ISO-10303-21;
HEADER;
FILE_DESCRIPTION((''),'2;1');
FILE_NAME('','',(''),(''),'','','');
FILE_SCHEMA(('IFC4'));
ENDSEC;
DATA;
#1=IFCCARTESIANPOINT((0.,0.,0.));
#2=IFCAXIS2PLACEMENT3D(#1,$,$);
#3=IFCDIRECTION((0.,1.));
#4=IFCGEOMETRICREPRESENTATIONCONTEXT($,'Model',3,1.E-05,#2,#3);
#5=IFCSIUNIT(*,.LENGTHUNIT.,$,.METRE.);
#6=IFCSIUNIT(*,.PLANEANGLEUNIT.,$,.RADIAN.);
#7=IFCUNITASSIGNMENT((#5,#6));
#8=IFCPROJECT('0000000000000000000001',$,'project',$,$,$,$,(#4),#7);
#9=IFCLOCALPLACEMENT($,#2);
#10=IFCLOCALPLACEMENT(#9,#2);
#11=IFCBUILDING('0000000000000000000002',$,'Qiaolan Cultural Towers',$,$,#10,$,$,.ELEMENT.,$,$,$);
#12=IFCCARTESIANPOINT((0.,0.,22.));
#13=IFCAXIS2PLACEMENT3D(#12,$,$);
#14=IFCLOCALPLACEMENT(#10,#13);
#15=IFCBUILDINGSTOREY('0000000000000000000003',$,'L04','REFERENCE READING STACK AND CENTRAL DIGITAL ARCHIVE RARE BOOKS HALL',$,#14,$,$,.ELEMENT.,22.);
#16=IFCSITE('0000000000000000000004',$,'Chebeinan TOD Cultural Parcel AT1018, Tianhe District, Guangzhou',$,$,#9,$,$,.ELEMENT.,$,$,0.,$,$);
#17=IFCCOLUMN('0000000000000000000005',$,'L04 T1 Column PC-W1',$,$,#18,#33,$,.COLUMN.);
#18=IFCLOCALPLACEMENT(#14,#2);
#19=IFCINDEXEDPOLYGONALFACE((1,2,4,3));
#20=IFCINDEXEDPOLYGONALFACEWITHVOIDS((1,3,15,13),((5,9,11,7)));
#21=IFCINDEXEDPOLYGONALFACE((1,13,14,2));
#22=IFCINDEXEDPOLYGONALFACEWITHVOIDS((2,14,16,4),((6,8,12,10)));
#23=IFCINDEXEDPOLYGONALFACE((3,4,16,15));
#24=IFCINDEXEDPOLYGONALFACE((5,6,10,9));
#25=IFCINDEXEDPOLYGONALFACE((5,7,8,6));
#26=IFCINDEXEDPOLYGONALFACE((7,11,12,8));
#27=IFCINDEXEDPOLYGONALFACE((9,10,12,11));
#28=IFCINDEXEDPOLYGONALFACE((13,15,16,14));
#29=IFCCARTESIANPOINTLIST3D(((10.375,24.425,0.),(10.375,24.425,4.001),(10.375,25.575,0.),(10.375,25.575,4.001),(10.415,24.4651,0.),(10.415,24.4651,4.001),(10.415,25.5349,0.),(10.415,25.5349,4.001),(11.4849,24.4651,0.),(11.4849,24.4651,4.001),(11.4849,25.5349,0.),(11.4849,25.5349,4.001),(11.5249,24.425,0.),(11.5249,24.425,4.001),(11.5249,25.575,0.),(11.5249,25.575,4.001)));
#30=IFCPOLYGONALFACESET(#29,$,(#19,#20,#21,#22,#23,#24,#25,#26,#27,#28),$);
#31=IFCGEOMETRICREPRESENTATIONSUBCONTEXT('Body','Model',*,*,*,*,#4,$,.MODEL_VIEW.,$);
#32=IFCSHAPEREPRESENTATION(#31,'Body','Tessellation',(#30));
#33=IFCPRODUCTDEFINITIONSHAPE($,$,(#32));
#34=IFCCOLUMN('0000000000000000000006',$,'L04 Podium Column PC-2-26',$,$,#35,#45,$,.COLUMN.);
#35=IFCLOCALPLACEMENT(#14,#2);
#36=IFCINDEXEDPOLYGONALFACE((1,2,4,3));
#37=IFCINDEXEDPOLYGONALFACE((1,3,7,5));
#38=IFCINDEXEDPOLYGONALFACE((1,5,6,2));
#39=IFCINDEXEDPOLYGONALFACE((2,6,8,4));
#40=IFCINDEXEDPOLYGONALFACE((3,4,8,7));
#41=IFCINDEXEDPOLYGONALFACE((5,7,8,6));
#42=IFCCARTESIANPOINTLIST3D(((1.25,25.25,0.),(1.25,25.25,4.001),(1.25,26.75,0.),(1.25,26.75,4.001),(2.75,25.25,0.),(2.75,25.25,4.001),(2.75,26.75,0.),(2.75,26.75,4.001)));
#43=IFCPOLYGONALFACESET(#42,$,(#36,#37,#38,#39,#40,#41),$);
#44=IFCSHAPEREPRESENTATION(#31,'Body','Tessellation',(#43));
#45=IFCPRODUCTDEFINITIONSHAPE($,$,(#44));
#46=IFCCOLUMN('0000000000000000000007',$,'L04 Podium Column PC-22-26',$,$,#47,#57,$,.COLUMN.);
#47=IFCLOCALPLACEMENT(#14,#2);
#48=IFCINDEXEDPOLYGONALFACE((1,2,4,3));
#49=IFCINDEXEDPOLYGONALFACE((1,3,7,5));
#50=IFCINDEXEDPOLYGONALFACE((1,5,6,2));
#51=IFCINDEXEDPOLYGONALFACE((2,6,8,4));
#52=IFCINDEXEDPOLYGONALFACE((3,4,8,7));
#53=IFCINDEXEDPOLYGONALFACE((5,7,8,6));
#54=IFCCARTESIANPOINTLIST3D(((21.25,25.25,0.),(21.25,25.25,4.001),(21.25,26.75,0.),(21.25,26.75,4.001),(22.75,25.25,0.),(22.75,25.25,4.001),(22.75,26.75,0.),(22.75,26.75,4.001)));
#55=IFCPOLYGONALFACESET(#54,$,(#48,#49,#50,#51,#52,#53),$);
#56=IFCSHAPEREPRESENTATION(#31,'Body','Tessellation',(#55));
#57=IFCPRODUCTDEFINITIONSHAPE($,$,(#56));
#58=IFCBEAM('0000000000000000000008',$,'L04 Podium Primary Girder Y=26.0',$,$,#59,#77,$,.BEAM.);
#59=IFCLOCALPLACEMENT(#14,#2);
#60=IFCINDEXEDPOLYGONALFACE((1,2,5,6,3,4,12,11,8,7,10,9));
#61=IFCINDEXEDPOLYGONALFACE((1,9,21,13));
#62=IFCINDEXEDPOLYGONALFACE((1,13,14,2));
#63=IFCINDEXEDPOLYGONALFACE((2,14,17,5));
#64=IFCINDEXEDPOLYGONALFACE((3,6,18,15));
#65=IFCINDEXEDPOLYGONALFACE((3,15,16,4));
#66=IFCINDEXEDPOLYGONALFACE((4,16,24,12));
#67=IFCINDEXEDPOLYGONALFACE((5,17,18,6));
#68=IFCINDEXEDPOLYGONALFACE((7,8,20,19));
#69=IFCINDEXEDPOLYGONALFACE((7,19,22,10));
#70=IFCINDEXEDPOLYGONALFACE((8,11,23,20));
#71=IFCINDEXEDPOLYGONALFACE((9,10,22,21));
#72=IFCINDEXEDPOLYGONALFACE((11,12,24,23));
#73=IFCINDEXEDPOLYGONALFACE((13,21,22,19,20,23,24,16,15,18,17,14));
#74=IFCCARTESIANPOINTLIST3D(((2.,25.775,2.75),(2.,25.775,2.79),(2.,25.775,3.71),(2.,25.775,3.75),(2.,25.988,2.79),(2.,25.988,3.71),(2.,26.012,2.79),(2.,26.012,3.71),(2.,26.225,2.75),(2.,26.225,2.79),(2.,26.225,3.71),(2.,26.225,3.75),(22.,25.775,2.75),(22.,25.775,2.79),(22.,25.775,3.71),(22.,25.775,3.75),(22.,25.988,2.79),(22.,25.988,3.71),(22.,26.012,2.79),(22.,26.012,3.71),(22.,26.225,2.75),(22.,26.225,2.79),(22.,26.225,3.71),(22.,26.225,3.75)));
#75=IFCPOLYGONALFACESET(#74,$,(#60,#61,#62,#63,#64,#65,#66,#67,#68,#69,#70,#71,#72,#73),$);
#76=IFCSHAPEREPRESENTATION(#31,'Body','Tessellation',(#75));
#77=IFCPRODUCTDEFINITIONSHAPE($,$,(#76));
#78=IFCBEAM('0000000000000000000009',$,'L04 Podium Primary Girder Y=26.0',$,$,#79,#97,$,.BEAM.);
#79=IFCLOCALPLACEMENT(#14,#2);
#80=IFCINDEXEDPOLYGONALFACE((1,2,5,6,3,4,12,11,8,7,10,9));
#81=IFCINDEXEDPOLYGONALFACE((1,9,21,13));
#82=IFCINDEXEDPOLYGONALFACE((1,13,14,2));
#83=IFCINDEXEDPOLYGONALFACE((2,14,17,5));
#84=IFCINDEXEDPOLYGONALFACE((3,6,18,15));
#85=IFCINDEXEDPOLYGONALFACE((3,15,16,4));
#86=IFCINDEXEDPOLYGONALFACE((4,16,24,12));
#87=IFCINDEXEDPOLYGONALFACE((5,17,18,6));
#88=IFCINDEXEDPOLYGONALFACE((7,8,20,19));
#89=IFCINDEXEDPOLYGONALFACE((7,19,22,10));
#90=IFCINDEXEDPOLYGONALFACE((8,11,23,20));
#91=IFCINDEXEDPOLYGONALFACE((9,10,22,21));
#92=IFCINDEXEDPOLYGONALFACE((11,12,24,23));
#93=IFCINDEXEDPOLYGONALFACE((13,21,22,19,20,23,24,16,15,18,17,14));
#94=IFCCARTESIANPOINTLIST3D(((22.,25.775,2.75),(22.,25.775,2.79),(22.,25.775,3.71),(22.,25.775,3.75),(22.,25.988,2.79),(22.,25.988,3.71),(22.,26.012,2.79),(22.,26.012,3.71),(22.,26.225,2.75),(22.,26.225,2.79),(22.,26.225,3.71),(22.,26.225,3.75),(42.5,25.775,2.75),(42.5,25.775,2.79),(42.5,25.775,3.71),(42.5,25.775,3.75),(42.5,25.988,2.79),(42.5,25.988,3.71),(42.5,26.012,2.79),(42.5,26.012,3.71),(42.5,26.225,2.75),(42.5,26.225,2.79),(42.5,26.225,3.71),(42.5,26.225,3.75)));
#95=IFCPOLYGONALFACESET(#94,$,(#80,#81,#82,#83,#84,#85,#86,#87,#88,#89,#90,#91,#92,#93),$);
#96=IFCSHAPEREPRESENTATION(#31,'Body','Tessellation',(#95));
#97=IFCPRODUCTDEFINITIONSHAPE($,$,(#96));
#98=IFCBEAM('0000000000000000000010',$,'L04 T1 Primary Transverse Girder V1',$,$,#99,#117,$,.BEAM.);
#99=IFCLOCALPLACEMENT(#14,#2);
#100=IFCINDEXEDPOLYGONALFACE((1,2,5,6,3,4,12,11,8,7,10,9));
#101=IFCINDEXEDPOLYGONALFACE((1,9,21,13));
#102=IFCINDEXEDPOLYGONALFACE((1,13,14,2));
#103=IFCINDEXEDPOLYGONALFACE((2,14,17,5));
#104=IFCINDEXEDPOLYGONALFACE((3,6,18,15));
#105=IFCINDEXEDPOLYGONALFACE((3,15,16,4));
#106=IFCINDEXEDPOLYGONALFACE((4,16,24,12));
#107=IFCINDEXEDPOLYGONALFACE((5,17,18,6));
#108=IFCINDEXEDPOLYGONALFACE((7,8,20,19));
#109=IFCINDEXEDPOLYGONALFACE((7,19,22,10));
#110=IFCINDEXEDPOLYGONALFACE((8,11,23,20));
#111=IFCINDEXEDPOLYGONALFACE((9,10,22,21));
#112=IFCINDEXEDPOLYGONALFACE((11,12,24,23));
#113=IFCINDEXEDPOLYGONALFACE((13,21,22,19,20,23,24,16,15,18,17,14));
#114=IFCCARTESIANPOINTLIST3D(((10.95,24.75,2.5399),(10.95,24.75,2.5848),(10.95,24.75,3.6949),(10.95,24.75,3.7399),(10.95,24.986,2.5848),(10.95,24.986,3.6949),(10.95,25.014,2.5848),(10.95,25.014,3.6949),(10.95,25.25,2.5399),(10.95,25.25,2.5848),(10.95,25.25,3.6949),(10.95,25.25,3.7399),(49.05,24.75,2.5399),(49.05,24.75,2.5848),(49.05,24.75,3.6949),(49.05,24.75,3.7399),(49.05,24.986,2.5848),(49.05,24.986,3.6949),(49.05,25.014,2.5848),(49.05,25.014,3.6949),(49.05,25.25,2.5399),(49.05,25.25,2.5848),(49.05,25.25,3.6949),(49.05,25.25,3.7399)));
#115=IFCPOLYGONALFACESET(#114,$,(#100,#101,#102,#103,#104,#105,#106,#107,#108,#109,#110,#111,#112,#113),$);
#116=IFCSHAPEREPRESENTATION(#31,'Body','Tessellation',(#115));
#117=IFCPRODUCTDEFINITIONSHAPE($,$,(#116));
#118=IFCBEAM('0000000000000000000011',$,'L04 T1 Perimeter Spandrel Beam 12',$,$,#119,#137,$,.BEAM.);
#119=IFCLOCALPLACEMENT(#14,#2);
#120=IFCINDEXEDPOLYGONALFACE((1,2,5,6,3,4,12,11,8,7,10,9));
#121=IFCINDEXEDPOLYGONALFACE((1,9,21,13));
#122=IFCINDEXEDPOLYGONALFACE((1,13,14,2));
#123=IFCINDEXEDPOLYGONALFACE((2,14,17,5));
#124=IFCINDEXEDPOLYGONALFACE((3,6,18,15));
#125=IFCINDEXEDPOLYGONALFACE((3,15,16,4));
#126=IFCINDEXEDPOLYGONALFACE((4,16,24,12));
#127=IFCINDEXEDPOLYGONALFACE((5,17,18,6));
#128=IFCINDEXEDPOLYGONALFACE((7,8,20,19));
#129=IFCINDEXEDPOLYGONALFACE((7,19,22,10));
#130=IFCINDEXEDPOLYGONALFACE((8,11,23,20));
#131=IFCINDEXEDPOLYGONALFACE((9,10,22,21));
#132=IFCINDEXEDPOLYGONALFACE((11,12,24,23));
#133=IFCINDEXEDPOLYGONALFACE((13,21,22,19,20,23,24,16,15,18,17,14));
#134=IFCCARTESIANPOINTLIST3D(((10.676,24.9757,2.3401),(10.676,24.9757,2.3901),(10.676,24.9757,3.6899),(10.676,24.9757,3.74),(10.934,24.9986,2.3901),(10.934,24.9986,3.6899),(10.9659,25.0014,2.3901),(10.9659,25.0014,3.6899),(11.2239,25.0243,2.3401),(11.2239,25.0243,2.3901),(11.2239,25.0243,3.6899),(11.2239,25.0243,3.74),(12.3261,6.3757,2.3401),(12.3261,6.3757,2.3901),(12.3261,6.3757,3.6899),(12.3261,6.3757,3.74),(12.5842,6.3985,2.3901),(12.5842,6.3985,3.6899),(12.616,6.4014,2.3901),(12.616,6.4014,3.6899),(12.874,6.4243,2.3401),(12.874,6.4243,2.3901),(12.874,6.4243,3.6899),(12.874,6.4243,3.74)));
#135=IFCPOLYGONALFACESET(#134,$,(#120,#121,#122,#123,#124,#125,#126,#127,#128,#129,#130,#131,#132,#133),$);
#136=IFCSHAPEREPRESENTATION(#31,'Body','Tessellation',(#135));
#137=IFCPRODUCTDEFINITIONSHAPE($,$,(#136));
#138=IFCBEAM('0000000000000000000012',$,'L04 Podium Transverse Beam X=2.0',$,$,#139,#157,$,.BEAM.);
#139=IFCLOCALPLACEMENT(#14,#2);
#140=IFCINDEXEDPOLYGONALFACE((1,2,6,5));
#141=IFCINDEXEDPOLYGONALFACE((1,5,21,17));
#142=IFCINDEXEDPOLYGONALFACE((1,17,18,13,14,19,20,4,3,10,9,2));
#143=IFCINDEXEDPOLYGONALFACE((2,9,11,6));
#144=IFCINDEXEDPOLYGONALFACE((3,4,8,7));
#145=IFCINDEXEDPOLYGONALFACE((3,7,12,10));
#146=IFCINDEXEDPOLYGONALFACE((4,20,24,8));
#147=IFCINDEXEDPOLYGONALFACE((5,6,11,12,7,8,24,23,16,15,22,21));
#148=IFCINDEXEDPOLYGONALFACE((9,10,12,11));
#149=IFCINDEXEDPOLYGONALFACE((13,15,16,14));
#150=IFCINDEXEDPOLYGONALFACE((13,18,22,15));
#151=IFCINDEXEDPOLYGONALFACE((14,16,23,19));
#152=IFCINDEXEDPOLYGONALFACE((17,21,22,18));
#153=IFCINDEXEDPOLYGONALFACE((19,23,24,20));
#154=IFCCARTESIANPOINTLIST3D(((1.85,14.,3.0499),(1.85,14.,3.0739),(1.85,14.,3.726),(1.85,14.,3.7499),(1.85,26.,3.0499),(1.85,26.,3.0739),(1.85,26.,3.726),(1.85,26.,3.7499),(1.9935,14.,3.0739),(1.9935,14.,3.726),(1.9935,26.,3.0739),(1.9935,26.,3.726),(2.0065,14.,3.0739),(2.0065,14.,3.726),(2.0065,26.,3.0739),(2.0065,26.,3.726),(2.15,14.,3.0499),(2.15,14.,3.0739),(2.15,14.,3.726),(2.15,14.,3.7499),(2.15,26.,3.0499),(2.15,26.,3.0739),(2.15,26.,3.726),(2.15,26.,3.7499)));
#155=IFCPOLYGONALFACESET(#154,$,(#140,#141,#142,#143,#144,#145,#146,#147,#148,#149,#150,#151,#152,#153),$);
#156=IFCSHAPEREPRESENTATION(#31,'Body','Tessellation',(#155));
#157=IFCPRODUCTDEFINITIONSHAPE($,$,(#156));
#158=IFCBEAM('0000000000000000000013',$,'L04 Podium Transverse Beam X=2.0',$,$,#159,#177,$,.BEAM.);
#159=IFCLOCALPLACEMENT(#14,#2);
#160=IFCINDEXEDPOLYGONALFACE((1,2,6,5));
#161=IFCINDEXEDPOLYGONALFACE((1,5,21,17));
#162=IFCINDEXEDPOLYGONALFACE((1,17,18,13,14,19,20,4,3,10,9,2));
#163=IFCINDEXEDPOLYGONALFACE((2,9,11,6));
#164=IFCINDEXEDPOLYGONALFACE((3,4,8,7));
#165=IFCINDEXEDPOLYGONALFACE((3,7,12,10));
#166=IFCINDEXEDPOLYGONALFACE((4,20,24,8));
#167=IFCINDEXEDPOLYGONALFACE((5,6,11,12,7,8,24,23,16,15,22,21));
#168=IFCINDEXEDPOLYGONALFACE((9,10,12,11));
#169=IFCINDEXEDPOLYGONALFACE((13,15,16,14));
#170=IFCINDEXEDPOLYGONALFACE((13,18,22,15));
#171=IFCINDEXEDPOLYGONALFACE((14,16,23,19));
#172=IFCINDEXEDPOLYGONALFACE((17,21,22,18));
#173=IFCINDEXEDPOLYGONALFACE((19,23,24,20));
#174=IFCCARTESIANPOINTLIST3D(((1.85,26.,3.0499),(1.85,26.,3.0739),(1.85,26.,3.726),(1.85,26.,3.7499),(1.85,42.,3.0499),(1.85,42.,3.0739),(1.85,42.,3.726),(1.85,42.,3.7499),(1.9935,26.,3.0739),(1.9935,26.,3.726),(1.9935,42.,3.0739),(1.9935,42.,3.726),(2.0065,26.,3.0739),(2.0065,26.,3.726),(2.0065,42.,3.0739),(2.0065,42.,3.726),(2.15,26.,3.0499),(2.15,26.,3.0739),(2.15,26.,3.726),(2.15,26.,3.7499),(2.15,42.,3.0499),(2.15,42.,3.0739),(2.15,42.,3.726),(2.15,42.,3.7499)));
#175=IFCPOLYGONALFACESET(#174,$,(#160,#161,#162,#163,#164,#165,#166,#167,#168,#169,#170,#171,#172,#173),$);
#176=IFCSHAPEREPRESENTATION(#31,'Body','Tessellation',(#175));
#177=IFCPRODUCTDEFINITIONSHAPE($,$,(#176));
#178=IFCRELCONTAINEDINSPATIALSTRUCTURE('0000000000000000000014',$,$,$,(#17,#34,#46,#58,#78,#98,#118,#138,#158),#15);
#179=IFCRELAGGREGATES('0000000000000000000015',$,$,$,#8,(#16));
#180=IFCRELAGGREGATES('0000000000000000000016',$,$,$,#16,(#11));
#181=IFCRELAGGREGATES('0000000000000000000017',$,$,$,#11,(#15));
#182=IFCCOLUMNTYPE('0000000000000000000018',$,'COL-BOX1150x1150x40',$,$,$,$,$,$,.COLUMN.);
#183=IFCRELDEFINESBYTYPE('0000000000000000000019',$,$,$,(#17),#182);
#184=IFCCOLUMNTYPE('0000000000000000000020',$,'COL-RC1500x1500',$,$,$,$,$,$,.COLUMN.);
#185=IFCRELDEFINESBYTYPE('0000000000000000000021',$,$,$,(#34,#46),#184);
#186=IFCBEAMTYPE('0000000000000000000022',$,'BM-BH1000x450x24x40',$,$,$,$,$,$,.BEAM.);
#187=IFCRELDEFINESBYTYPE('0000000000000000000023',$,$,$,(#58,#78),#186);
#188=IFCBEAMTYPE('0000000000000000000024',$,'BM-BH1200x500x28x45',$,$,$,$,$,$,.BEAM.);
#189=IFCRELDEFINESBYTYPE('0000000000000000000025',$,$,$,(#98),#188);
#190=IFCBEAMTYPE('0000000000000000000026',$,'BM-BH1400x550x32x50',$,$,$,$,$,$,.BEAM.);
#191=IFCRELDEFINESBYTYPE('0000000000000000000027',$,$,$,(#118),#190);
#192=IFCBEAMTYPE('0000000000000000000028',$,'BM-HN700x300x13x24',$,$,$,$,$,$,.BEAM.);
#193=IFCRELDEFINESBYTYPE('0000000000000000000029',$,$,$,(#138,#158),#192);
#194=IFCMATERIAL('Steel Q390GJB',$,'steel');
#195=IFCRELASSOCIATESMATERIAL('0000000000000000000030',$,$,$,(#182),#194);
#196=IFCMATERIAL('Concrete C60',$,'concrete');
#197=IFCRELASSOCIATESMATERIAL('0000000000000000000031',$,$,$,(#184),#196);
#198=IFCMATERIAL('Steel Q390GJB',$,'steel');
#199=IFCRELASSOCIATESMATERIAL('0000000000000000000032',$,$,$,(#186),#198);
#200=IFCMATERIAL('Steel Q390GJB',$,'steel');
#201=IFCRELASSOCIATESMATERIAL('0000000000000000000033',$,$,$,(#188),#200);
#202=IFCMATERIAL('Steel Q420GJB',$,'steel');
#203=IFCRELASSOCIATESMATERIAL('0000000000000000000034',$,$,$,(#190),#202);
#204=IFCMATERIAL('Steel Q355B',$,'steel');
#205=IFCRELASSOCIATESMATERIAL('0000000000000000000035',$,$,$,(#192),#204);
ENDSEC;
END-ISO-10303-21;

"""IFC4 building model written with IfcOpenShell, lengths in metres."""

from ifc_helpers import new_model, si_unit, direction, frame, origin, origin_2d, place, context, subcontext, project, spatial, rectangle, hollow_rectangle, i_section, extrude, material, material_profile, profile_set, type_object, element, save


model = new_model("IFC4")

# Units and contexts
model_context = context("Model", 3, precision=1e-05, world=origin(), true_north=direction((0.0, 1.0)))
body_context = subcontext(model_context, "Body", "Model", "MODEL_VIEW")
ifc_project = project(units=[si_unit("LENGTHUNIT", "METRE"), si_unit("PLANEANGLEUNIT", "RADIAN")], contexts=[model_context])

# Site, building, storey
site_placement = place(None, origin())
site = spatial("IfcSite", under=ifc_project, at=site_placement, Name="Chebeinan TOD Cultural Parcel AT1018, Tianhe District, Guangzhou", CompositionType="ELEMENT", RefElevation=0.0)
building_placement = place(site_placement, origin())
building = spatial("IfcBuilding", under=site, at=building_placement, Name="Qiaolan Cultural Towers", CompositionType="ELEMENT")
storey_placement = place(building_placement, frame((0.0, 0.0, 22.0)))
storey = spatial("IfcBuildingStorey", under=building, at=storey_placement, Name="L04", Description="REFERENCE READING STACK AND CENTRAL DIGITAL ARCHIVE RARE BOOKS HALL", CompositionType="ELEMENT", Elevation=22.0)

# Columns
ifc_material_1 = material(Name="Steel Q390GJB", Category="steel")
ifc_material_profile_1 = material_profile(ifc_material_1, hollow_rectangle(XDim=1.1499, YDim=1.1499, WallThickness=0.04, at=origin_2d()), Name="BOX1150x1150x40")
ifc_profile_set_1 = profile_set([ifc_material_profile_1], Name="Steel Q390GJB")
column_type_1 = type_object("IfcColumnType", Name="COL-BOX1150x1150x40", PredefinedType="COLUMN", material=ifc_profile_set_1)
column_placement = place(storey_placement, frame((10.95, 25.0, 0.0), z_axis=(0.0, 0.0, 1.0), x_axis=(1.0, 0.0, 0.0)))
element("IfcColumn", 1, at=column_placement, inside=storey, type_object=column_type_1, Name="L04 T1 Column PC-W1", PredefinedType="COLUMN", context=body_context, shape_type="SweptSolid", body=[
    extrude(hollow_rectangle(XDim=1.1499, YDim=1.1499, WallThickness=0.04, at=origin_2d()), origin(), (0.0, 0.0, 1.0), 4.001),
])
ifc_material_2 = material(Name="Concrete C60", Category="concrete")
ifc_material_profile_2 = material_profile(ifc_material_2, rectangle(XDim=1.5, YDim=1.5, at=origin_2d()), Name="RC1500x1500")
ifc_profile_set_2 = profile_set([ifc_material_profile_2], Name="Concrete C60")
column_type_2 = type_object("IfcColumnType", Name="COL-RC1500x1500", PredefinedType="COLUMN", material=ifc_profile_set_2)
for number, where, z_axis, x_axis, name in (
    (2, (2.0, 26.0, 0.0), (0.0, 0.0, 1.0), (1.0, 0.0, 0.0), "L04 Podium Column PC-2-26"),
    (3, (22.0, 26.0, 0.0), (0.0, 0.0, 1.0), (1.0, 0.0, 0.0), "L04 Podium Column PC-22-26"),
):
    element("IfcColumn", number, at=place(storey_placement, frame(where, z_axis=z_axis, x_axis=x_axis)), inside=storey, type_object=column_type_2, Name=name, PredefinedType="COLUMN", context=body_context, shape_type="SweptSolid", body=[
        extrude(rectangle(XDim=1.5, YDim=1.5, at=origin_2d()), origin(), (0.0, 0.0, 1.0), 4.001),
    ])

# Beams
ifc_material_3 = material(Name="Steel Q390GJB", Category="steel")
ifc_material_profile_3 = material_profile(ifc_material_3, i_section(OverallWidth=0.45, OverallDepth=1.0, WebThickness=0.0239, FlangeThickness=0.04, at=origin_2d()), Name="BH1000x450x24x40")
ifc_profile_set_3 = profile_set([ifc_material_profile_3], Name="Steel Q390GJB")
beam_type_1 = type_object("IfcBeamType", Name="BM-BH1000x450x24x40", PredefinedType="BEAM", material=ifc_profile_set_3)
beam_1_placement = place(storey_placement, frame((2.0, 26.0, 3.25), z_axis=(1.0, 0.0, 0.0), x_axis=(0.0, 1.0, 0.0)))
element("IfcBeam", 4, at=beam_1_placement, inside=storey, type_object=beam_type_1, Name="L04 Podium Primary Girder Y=26.0", PredefinedType="BEAM", context=body_context, shape_type="SweptSolid", body=[
    extrude(i_section(OverallWidth=0.45, OverallDepth=1.0, WebThickness=0.0239, FlangeThickness=0.04, at=origin_2d()), origin(), (0.0, 0.0, 1.0), 20.0),
])
beam_2_placement = place(storey_placement, frame((22.0, 26.0, 3.25), z_axis=(1.0, 0.0, 0.0), x_axis=(0.0, 1.0, 0.0)))
element("IfcBeam", 5, at=beam_2_placement, inside=storey, type_object=beam_type_1, Name="L04 Podium Primary Girder Y=26.0", PredefinedType="BEAM", context=body_context, shape_type="SweptSolid", body=[
    extrude(i_section(OverallWidth=0.45, OverallDepth=1.0, WebThickness=0.0239, FlangeThickness=0.04, at=origin_2d()), origin(), (0.0, 0.0, 1.0), 20.5),
])
ifc_material_4 = material(Name="Steel Q390GJB", Category="steel")
ifc_material_profile_4 = material_profile(ifc_material_4, i_section(OverallWidth=0.5, OverallDepth=1.2, WebThickness=0.0281, FlangeThickness=0.0449, at=origin_2d()), Name="BH1200x500x28x45")
ifc_profile_set_4 = profile_set([ifc_material_profile_4], Name="Steel Q390GJB")
beam_type_2 = type_object("IfcBeamType", Name="BM-BH1200x500x28x45", PredefinedType="BEAM", material=ifc_profile_set_4)
beam_3_placement = place(storey_placement, frame((10.95, 25.0, 3.1399), z_axis=(1.0, 0.0, 0.0), x_axis=(0.0, 1.0, 0.0)))
element("IfcBeam", 6, at=beam_3_placement, inside=storey, type_object=beam_type_2, Name="L04 T1 Primary Transverse Girder V1", PredefinedType="BEAM", context=body_context, shape_type="SweptSolid", body=[
    extrude(i_section(OverallWidth=0.5, OverallDepth=1.2, WebThickness=0.0281, FlangeThickness=0.0449, at=origin_2d()), origin(), (0.0, 0.0, 1.0), 38.1001),
])
ifc_material_5 = material(Name="Steel Q420GJB", Category="steel")
ifc_material_profile_5 = material_profile(ifc_material_5, i_section(OverallWidth=0.55, OverallDepth=1.3999, WebThickness=0.032, FlangeThickness=0.05, at=origin_2d()), Name="BH1400x550x32x50")
ifc_profile_set_5 = profile_set([ifc_material_profile_5], Name="Steel Q420GJB")
beam_type_3 = type_object("IfcBeamType", Name="BM-BH1400x550x32x50", PredefinedType="BEAM", material=ifc_profile_set_5)
beam_4_placement = place(storey_placement, frame((10.95, 25.0, 3.04), z_axis=(0.08837, -0.996088, 0.0), x_axis=(0.996088, 0.08837, 0.0)))
element("IfcBeam", 7, at=beam_4_placement, inside=storey, type_object=beam_type_3, Name="L04 T1 Perimeter Spandrel Beam 12", PredefinedType="BEAM", context=body_context, shape_type="SweptSolid", body=[
    extrude(i_section(OverallWidth=0.55, OverallDepth=1.3999, WebThickness=0.032, FlangeThickness=0.05, at=origin_2d()), origin(), (0.0, 0.0, 1.0), 18.6731),
])
ifc_material_6 = material(Name="Steel Q355B", Category="steel")
ifc_material_profile_6 = material_profile(ifc_material_6, i_section(OverallWidth=0.3, OverallDepth=0.7, WebThickness=0.0129, FlangeThickness=0.0239, at=origin_2d()), Name="HN700x300x13x24")
ifc_profile_set_6 = profile_set([ifc_material_profile_6], Name="Steel Q355B")
beam_type_4 = type_object("IfcBeamType", Name="BM-HN700x300x13x24", PredefinedType="BEAM", material=ifc_profile_set_6)
beam_5_placement = place(storey_placement, frame((2.0, 14.0, 3.3999), z_axis=(0.0, 1.0, 0.0), x_axis=(-1.0, 0.0, 0.0)))
element("IfcBeam", 8, at=beam_5_placement, inside=storey, type_object=beam_type_4, Name="L04 Podium Transverse Beam X=2.0", PredefinedType="BEAM", context=body_context, shape_type="SweptSolid", body=[
    extrude(i_section(OverallWidth=0.3, OverallDepth=0.7, WebThickness=0.0129, FlangeThickness=0.0239, at=origin_2d()), origin(), (0.0, 0.0, 1.0), 12.0),
])
beam_6_placement = place(storey_placement, frame((2.0, 26.0, 3.3999), z_axis=(0.0, 1.0, 0.0), x_axis=(-1.0, 0.0, 0.0)))
element("IfcBeam", 9, at=beam_6_placement, inside=storey, type_object=beam_type_4, Name="L04 Podium Transverse Beam X=2.0", PredefinedType="BEAM", context=body_context, shape_type="SweptSolid", body=[
    extrude(i_section(OverallWidth=0.3, OverallDepth=0.7, WebThickness=0.0129, FlangeThickness=0.0239, at=origin_2d()), origin(), (0.0, 0.0, 1.0), 16.0),
])

save(model, "model.ifc")
